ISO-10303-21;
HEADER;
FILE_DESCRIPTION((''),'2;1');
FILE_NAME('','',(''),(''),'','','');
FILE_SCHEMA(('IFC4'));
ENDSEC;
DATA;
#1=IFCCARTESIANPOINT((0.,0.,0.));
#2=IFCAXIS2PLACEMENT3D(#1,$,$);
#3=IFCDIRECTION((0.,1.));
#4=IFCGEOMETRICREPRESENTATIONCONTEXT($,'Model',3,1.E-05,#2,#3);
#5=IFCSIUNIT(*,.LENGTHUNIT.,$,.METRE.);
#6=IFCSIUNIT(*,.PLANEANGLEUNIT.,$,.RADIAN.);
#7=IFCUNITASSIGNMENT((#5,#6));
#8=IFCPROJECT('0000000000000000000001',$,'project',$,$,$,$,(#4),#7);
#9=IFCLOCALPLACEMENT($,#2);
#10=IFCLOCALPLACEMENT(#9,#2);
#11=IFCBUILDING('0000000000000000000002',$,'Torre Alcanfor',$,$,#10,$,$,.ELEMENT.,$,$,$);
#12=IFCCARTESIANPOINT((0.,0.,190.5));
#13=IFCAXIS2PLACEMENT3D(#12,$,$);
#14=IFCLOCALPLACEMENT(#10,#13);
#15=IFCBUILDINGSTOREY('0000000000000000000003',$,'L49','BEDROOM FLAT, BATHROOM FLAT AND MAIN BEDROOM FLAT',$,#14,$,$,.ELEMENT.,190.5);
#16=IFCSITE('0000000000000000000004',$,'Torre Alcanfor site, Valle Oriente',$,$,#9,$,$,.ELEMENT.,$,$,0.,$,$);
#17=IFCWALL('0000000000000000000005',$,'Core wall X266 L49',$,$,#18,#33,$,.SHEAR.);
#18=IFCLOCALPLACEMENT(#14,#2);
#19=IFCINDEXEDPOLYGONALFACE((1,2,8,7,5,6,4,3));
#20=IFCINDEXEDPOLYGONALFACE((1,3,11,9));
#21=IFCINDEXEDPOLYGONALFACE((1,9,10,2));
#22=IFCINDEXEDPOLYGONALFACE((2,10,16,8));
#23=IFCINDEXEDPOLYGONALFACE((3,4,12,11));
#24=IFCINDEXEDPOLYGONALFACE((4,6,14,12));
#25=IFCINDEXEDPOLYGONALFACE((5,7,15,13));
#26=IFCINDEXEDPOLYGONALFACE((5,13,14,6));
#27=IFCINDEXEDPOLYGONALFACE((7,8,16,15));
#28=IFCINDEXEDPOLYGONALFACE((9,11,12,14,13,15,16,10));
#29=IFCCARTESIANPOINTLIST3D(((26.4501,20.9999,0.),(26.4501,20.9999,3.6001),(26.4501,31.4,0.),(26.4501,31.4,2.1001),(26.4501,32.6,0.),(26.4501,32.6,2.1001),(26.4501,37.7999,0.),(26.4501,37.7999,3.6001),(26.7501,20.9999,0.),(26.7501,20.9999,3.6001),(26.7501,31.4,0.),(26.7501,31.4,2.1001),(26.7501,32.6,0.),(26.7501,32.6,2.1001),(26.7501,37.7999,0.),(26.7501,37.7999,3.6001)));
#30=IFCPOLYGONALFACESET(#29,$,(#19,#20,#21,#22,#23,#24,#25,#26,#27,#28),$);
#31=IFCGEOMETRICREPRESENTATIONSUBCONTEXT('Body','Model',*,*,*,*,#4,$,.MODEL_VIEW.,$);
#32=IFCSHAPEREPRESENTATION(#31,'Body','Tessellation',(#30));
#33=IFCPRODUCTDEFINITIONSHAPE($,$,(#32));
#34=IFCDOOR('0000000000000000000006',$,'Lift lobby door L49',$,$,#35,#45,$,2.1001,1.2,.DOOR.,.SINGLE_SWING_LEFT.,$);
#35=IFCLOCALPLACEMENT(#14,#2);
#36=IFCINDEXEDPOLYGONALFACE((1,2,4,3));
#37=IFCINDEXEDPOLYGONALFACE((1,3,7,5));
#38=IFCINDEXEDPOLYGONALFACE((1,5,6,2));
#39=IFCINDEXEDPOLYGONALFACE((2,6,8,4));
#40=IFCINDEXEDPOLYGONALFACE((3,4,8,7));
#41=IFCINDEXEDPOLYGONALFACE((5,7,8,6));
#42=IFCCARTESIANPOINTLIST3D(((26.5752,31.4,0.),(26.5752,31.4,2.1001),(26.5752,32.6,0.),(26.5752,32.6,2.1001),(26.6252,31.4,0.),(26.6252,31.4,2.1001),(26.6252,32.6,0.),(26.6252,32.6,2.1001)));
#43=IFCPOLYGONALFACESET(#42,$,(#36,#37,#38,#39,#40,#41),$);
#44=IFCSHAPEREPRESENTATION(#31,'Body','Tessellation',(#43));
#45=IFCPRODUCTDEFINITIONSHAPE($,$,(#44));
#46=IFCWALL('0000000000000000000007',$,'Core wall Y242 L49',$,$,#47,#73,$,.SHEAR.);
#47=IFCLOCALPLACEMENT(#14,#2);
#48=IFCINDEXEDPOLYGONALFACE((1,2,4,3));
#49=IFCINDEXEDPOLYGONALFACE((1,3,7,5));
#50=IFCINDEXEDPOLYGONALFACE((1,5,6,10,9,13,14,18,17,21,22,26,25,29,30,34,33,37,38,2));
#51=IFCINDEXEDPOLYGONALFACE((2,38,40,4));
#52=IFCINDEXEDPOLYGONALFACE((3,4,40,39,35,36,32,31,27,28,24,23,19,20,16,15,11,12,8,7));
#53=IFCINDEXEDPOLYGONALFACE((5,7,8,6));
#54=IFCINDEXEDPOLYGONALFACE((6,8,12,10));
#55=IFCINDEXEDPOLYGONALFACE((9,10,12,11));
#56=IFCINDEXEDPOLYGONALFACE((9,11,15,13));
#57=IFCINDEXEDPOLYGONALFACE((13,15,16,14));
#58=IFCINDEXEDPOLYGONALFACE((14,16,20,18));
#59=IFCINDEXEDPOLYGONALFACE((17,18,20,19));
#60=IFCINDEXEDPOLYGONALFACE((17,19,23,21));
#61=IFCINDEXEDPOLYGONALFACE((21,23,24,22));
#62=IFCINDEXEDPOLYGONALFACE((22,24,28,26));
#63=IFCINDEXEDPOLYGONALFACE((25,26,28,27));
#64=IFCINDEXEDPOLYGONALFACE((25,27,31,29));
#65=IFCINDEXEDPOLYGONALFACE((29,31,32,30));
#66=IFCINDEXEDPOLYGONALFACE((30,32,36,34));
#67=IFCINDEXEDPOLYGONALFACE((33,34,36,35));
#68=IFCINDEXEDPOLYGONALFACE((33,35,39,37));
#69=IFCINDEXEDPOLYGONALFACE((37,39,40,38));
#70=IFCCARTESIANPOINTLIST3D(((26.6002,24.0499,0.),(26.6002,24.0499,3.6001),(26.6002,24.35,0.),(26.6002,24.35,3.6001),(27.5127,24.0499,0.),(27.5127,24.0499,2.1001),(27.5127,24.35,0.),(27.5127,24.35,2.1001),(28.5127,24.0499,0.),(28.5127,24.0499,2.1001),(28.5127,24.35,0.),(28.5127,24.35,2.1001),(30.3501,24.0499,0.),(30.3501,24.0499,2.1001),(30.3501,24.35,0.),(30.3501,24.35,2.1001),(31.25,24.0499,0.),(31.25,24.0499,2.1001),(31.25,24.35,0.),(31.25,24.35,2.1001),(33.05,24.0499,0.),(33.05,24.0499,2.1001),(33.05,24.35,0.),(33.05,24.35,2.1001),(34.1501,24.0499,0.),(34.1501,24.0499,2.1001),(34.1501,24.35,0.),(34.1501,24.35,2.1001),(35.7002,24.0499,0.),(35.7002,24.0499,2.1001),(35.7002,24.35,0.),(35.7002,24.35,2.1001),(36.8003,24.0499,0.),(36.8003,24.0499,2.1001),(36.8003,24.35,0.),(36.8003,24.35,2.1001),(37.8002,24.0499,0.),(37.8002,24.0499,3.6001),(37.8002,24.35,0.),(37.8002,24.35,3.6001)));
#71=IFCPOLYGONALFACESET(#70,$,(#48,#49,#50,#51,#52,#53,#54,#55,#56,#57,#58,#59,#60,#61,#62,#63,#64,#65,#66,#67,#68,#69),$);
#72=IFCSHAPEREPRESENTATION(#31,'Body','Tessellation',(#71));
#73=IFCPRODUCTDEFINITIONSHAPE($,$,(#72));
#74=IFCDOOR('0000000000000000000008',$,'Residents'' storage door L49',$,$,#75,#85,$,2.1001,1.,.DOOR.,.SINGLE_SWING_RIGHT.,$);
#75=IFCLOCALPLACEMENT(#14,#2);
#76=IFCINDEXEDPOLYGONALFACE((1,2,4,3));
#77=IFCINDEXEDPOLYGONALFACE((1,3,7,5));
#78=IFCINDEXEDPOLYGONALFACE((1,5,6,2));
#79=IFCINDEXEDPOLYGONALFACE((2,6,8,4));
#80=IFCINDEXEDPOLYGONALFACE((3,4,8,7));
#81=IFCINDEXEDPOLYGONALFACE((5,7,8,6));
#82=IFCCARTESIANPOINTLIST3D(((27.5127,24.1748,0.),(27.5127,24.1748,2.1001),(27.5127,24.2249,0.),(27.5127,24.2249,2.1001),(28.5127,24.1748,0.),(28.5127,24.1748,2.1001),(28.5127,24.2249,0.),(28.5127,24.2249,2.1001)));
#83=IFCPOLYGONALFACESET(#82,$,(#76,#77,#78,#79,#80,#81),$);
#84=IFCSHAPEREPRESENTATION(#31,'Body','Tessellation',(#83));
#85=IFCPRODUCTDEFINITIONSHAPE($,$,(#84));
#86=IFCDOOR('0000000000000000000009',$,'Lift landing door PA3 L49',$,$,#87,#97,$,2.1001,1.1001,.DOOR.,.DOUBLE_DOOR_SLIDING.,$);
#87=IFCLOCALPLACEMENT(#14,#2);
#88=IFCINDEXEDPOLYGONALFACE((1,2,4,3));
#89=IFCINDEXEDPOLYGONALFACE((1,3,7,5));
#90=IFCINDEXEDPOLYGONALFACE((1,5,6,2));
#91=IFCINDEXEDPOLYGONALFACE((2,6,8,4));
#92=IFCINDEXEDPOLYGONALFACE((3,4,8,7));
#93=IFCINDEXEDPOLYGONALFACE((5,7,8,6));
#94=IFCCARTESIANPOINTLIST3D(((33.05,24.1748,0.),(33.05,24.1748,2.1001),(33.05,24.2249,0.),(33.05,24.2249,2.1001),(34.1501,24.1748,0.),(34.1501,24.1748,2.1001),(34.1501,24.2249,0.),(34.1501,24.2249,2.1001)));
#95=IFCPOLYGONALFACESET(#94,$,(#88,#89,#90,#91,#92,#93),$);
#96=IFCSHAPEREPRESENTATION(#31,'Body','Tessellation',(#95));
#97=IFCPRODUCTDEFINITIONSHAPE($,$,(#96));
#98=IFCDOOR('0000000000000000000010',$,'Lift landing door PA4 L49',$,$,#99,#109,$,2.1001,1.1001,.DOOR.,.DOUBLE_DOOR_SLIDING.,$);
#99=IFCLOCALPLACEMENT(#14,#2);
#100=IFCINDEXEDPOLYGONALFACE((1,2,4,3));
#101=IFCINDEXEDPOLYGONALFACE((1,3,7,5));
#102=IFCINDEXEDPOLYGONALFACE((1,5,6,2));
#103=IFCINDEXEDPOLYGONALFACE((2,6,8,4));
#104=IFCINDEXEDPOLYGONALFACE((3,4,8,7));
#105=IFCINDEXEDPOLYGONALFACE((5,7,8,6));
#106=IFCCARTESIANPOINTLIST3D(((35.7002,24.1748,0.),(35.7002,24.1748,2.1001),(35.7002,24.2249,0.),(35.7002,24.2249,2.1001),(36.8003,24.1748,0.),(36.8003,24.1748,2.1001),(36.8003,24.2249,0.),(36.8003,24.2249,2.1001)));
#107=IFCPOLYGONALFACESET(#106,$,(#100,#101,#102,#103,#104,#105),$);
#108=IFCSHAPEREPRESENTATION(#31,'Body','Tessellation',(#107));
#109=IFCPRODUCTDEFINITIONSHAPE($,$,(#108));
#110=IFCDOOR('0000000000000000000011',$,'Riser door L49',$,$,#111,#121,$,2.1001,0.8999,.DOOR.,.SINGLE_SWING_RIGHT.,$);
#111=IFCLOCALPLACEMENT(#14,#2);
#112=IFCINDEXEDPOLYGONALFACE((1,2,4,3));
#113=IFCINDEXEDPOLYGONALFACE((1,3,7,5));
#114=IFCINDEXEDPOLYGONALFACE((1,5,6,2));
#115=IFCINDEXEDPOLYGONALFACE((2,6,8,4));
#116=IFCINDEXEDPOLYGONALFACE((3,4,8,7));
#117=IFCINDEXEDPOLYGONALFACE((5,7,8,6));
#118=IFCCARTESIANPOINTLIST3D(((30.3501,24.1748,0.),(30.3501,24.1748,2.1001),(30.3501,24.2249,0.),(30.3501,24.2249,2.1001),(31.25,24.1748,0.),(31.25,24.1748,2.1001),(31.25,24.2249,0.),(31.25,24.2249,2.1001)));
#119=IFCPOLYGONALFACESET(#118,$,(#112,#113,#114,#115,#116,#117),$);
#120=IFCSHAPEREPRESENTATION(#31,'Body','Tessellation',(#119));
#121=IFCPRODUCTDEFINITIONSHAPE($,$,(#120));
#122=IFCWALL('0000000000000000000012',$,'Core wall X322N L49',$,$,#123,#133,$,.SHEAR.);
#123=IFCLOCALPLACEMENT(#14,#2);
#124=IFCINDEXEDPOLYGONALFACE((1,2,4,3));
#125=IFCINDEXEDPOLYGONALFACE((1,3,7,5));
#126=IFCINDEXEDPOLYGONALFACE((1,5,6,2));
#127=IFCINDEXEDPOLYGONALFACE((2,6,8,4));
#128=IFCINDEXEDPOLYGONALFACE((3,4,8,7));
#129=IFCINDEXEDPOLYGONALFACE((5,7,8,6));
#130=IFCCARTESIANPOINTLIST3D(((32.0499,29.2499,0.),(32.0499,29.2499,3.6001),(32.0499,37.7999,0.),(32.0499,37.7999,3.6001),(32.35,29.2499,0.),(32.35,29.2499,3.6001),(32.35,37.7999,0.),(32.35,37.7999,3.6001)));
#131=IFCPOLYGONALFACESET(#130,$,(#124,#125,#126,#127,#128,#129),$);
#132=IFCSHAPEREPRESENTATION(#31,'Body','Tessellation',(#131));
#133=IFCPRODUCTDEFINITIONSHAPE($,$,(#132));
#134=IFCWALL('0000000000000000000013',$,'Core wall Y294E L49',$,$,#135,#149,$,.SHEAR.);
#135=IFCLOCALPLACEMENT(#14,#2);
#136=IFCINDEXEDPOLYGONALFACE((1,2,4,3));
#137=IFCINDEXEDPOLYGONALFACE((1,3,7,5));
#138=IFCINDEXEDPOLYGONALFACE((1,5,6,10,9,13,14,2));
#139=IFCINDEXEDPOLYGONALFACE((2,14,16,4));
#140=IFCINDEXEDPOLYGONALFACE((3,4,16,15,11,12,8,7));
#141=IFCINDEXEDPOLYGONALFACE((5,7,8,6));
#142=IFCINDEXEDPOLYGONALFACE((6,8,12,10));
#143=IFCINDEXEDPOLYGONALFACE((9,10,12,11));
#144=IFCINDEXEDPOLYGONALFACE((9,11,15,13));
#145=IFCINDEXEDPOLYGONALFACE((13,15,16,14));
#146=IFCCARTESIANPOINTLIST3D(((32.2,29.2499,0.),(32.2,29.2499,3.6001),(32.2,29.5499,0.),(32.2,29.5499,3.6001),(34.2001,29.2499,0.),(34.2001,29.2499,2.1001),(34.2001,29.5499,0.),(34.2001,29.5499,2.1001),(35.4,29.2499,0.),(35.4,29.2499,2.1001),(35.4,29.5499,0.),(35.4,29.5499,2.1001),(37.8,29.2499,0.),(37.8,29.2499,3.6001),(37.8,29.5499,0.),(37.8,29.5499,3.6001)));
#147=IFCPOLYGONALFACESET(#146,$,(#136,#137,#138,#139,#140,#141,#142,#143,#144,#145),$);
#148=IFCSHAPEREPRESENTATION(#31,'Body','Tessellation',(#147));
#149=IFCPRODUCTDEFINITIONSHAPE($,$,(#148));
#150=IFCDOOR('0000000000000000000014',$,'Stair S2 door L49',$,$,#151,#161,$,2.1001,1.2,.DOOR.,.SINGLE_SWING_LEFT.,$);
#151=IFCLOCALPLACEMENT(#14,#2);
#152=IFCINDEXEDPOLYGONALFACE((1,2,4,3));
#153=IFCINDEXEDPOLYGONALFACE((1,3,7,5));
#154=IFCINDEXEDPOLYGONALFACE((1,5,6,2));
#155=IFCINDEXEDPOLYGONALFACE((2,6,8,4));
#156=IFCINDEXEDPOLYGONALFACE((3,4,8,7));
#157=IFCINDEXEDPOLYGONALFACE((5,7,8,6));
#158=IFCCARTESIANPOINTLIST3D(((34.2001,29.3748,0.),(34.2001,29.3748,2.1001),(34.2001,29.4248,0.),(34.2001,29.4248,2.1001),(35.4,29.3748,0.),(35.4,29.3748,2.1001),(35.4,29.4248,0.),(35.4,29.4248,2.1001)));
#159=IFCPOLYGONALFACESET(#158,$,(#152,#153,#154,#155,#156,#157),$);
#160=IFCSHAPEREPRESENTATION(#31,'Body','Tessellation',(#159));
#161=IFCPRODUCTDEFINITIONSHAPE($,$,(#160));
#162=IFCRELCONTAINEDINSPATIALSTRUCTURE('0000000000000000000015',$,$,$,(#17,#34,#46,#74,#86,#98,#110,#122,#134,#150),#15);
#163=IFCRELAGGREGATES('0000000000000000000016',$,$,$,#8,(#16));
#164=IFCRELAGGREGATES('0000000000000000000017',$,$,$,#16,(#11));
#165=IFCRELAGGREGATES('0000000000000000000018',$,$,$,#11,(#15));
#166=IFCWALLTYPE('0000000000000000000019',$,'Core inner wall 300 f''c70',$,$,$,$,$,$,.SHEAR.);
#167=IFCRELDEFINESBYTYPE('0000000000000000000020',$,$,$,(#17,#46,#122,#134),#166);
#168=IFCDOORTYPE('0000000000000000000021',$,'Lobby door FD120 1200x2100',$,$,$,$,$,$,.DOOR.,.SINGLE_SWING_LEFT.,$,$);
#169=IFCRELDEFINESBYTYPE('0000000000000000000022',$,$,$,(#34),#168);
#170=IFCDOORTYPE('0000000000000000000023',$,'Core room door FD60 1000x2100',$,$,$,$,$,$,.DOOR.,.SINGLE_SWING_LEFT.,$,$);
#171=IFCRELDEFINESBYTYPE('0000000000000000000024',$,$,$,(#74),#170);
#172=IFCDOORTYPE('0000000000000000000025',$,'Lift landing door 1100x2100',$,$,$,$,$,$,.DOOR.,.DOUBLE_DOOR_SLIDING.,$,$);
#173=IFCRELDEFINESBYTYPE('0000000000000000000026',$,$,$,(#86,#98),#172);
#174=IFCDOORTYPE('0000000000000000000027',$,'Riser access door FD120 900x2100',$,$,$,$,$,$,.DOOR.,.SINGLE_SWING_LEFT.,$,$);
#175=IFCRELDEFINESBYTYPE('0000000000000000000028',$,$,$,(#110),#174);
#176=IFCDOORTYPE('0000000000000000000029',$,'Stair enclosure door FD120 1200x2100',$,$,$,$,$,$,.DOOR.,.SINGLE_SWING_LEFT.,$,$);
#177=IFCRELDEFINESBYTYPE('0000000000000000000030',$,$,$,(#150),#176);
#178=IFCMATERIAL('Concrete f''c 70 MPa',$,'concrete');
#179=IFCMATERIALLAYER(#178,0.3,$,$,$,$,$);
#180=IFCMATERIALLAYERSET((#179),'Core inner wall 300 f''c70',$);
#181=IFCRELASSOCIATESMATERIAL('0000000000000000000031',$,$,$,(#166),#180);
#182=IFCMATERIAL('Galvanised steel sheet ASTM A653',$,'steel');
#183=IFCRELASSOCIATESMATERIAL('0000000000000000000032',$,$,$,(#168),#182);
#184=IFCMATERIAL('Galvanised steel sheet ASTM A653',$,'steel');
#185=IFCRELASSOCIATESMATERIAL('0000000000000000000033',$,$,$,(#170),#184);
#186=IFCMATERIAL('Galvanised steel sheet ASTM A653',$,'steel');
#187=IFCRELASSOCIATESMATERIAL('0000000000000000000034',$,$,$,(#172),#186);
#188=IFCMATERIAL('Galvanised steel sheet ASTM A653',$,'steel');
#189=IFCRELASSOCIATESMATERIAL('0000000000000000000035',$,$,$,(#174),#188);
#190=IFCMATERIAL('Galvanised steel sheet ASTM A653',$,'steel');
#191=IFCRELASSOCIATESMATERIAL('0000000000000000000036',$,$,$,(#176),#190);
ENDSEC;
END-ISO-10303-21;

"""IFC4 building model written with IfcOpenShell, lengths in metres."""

from ifc_helpers import new_model, si_unit, direction, frame, frame_2d, origin, place, context, subcontext, project, spatial, rectangle, extrude, material, layer, layer_set, type_object, element, fill, save


model = new_model("IFC4")

# Units and contexts
model_context = context("Model", 3, precision=1e-05, world=origin(), true_north=direction((0.0, 1.0)))
body_context = subcontext(model_context, "Body", "Model", "MODEL_VIEW")
ifc_project = project(units=[si_unit("LENGTHUNIT", "METRE"), si_unit("PLANEANGLEUNIT", "RADIAN")], contexts=[model_context])

# Site, building, storey
site_placement = place(None, origin())
site = spatial("IfcSite", under=ifc_project, at=site_placement, Name="Torre Alcanfor site, Valle Oriente", CompositionType="ELEMENT", RefElevation=0.0)
building_placement = place(site_placement, origin())
building = spatial("IfcBuilding", under=site, at=building_placement, Name="Torre Alcanfor", CompositionType="ELEMENT")
storey_placement = place(building_placement, frame((0.0, 0.0, 190.5)))
storey = spatial("IfcBuildingStorey", under=building, at=storey_placement, Name="L49", Description="BEDROOM FLAT, BATHROOM FLAT AND MAIN BEDROOM FLAT", CompositionType="ELEMENT", Elevation=190.5)

# Wall, opening, door
ifc_material_1 = material(Name="Concrete f'c 70 MPa", Category="concrete")
ifc_layer_1 = layer(ifc_material_1, 0.3)
ifc_layer_set_1 = layer_set([ifc_layer_1], Name="Core inner wall 300 f'c70")
wall_type_1 = type_object("IfcWallType", Name="Core inner wall 300 f'c70", PredefinedType="SHEAR", material=ifc_layer_set_1)
wall_1_placement = place(storey_placement, frame((26.6001, 21.0, 0.0), z_axis=(0.0, 0.0, 1.0), x_axis=(0.0, 1.0, 0.0)))
wall_1 = element("IfcWall", 1, at=wall_1_placement, inside=storey, type_object=wall_type_1, Name="Core wall X266 L49", PredefinedType="SHEAR", context=body_context, shape_type="SweptSolid", body=[
    extrude(rectangle(XDim=16.8, YDim=0.3, at=frame_2d((8.3999, 0.0))), origin(), (0.0, 0.0, 1.0), 3.6001),
])
opening_1_placement = place(wall_1_placement, frame((10.3999, 0.0, 0.0)))
opening_1 = element("IfcOpeningElement", 2, at=opening_1_placement, cuts=wall_1, PredefinedType="OPENING", context=body_context, shape_type="SweptSolid", body=[
    extrude(rectangle(XDim=1.2, YDim=2.1001, at=frame_2d((0.6001, 1.05))), frame((0.0, 0.1599, 0.0), z_axis=(0.0, -1.0, 0.0), x_axis=(1.0, 0.0, 0.0)), (0.0, 0.0, 1.0), 0.3201),
])
ifc_material_2 = material(Name="Galvanised steel sheet ASTM A653", Category="steel")
door_type_1 = type_object("IfcDoorType", Name="Lobby door FD120 1200x2100", OperationType="SINGLE_SWING_LEFT", PredefinedType="DOOR", material=ifc_material_2)
door_1_placement = place(opening_1_placement, origin())
door_1 = element("IfcDoor", 3, at=door_1_placement, inside=storey, type_object=door_type_1, Name="Lift lobby door L49", OperationType="SINGLE_SWING_LEFT", OverallHeight=2.1001, OverallWidth=1.2, PredefinedType="DOOR", context=body_context, shape_type="SweptSolid", body=[
    extrude(rectangle(XDim=1.2, YDim=2.1001, at=frame_2d((0.6001, 1.05))), frame((0.0, 0.0249, 0.0), z_axis=(0.0, -1.0, 0.0), x_axis=(1.0, 0.0, 0.0)), (0.0, 0.0, 1.0), 0.05),
])
fill(opening_1, door_1)

# Wall, openings, doors
wall_2_placement = place(storey_placement, frame((26.6001, 24.2, 0.0), z_axis=(0.0, 0.0, 1.0), x_axis=(1.0, 0.0, 0.0)))
wall_2 = element("IfcWall", 4, at=wall_2_placement, inside=storey, type_object=wall_type_1, Name="Core wall Y242 L49", PredefinedType="SHEAR", context=body_context, shape_type="SweptSolid", body=[
    extrude(rectangle(XDim=11.2, YDim=0.3, at=frame_2d((5.6001, 0.0))), origin(), (0.0, 0.0, 1.0), 3.6001),
])
opening_2_placement = place(wall_2_placement, frame((0.9126, 0.0, 0.0)))
opening_2 = element("IfcOpeningElement", 5, at=opening_2_placement, cuts=wall_2, PredefinedType="OPENING", context=body_context, shape_type="SweptSolid", body=[
    extrude(rectangle(XDim=1.0, YDim=2.1001, at=frame_2d((0.5, 1.05))), frame((0.0, 0.1599, 0.0), z_axis=(0.0, -1.0, 0.0), x_axis=(1.0, 0.0, 0.0)), (0.0, 0.0, 1.0), 0.3201),
])
opening_3_placement = place(wall_2_placement, frame((3.75, 0.0, 0.0)))
opening_3 = element("IfcOpeningElement", 6, at=opening_3_placement, cuts=wall_2, PredefinedType="OPENING", context=body_context, shape_type="SweptSolid", body=[
    extrude(rectangle(XDim=0.8999, YDim=2.1001, at=frame_2d((0.45, 1.05))), frame((0.0, 0.1599, 0.0), z_axis=(0.0, -1.0, 0.0), x_axis=(1.0, 0.0, 0.0)), (0.0, 0.0, 1.0), 0.3201),
])
opening_4_placement = place(wall_2_placement, frame((6.45, 0.0, 0.0)))
opening_4 = element("IfcOpeningElement", 7, at=opening_4_placement, cuts=wall_2, PredefinedType="OPENING", context=body_context, shape_type="SweptSolid", body=[
    extrude(rectangle(XDim=1.1001, YDim=2.1001, at=frame_2d((0.55, 1.05))), frame((0.0, 0.1599, 0.0), z_axis=(0.0, -1.0, 0.0), x_axis=(1.0, 0.0, 0.0)), (0.0, 0.0, 1.0), 0.3201),
])
opening_5_placement = place(wall_2_placement, frame((9.1001, 0.0, 0.0)))
opening_5 = element("IfcOpeningElement", 8, at=opening_5_placement, cuts=wall_2, PredefinedType="OPENING", context=body_context, shape_type="SweptSolid", body=[
    extrude(rectangle(XDim=1.1001, YDim=2.1001, at=frame_2d((0.55, 1.05))), frame((0.0, 0.1599, 0.0), z_axis=(0.0, -1.0, 0.0), x_axis=(1.0, 0.0, 0.0)), (0.0, 0.0, 1.0), 0.3201),
])
ifc_material_3 = material(Name="Galvanised steel sheet ASTM A653", Category="steel")
door_type_2 = type_object("IfcDoorType", Name="Core room door FD60 1000x2100", OperationType="SINGLE_SWING_LEFT", PredefinedType="DOOR", material=ifc_material_3)
door_2_placement = place(opening_2_placement, frame((1.0, 0.0, 0.0), z_axis=(0.0, 0.0, 1.0), x_axis=(-1.0, 0.0, 0.0)))
door_2 = element("IfcDoor", 9, at=door_2_placement, inside=storey, type_object=door_type_2, Name="Residents' storage door L49", OperationType="SINGLE_SWING_RIGHT", OverallHeight=2.1001, OverallWidth=1.0, PredefinedType="DOOR", context=body_context, shape_type="SweptSolid", body=[
    extrude(rectangle(XDim=1.0, YDim=2.1001, at=frame_2d((0.5, 1.05))), frame((0.0, 0.0251, 0.0), z_axis=(0.0, -1.0, 0.0), x_axis=(1.0, 0.0, 0.0)), (0.0, 0.0, 1.0), 0.05),
])
fill(opening_2, door_2)
ifc_material_4 = material(Name="Galvanised steel sheet ASTM A653", Category="steel")
door_type_3 = type_object("IfcDoorType", Name="Lift landing door 1100x2100", OperationType="DOUBLE_DOOR_SLIDING", PredefinedType="DOOR", material=ifc_material_4)
door_3_placement = place(opening_4_placement, origin())
door_3 = element("IfcDoor", 10, at=door_3_placement, inside=storey, type_object=door_type_3, Name="Lift landing door PA3 L49", OperationType="DOUBLE_DOOR_SLIDING", OverallHeight=2.1001, OverallWidth=1.1001, PredefinedType="DOOR", context=body_context, shape_type="SweptSolid", body=[
    extrude(rectangle(XDim=1.1001, YDim=2.1001, at=frame_2d((0.55, 1.05))), frame((0.0, 0.0249, 0.0), z_axis=(0.0, -1.0, 0.0), x_axis=(1.0, 0.0, 0.0)), (0.0, 0.0, 1.0), 0.05),
])
fill(opening_4, door_3)
door_4_placement = place(opening_5_placement, origin())
door_4 = element("IfcDoor", 11, at=door_4_placement, inside=storey, type_object=door_type_3, Name="Lift landing door PA4 L49", OperationType="DOUBLE_DOOR_SLIDING", OverallHeight=2.1001, OverallWidth=1.1001, PredefinedType="DOOR", context=body_context, shape_type="SweptSolid", body=[
    extrude(rectangle(XDim=1.1001, YDim=2.1001, at=frame_2d((0.55, 1.05))), frame((0.0, 0.0249, 0.0), z_axis=(0.0, -1.0, 0.0), x_axis=(1.0, 0.0, 0.0)), (0.0, 0.0, 1.0), 0.05),
])
fill(opening_5, door_4)
ifc_material_5 = material(Name="Galvanised steel sheet ASTM A653", Category="steel")
door_type_4 = type_object("IfcDoorType", Name="Riser access door FD120 900x2100", OperationType="SINGLE_SWING_LEFT", PredefinedType="DOOR", material=ifc_material_5)
door_5_placement = place(opening_3_placement, frame((0.8999, 0.0, 0.0), z_axis=(0.0, 0.0, 1.0), x_axis=(-1.0, 0.0, 0.0)))
door_5 = element("IfcDoor", 12, at=door_5_placement, inside=storey, type_object=door_type_4, Name="Riser door L49", OperationType="SINGLE_SWING_RIGHT", OverallHeight=2.1001, OverallWidth=0.8999, PredefinedType="DOOR", context=body_context, shape_type="SweptSolid", body=[
    extrude(rectangle(XDim=0.8999, YDim=2.1001, at=frame_2d((0.45, 1.05))), frame((0.0, 0.0251, 0.0), z_axis=(0.0, -1.0, 0.0), x_axis=(1.0, 0.0, 0.0)), (0.0, 0.0, 1.0), 0.05),
])
fill(opening_3, door_5)

# Wall
wall_3_placement = place(storey_placement, frame((32.2, 29.25, 0.0), z_axis=(0.0, 0.0, 1.0), x_axis=(0.0, 1.0, 0.0)))
element("IfcWall", 13, at=wall_3_placement, inside=storey, type_object=wall_type_1, Name="Core wall X322N L49", PredefinedType="SHEAR", context=body_context, shape_type="SweptSolid", body=[
    extrude(rectangle(XDim=8.55, YDim=0.3, at=frame_2d((4.2749, 0.0))), origin(), (0.0, 0.0, 1.0), 3.6001),
])

# Wall, opening, door
wall_4_placement = place(storey_placement, frame((32.2, 29.3999, 0.0), z_axis=(0.0, 0.0, 1.0), x_axis=(1.0, 0.0, 0.0)))
wall_4 = element("IfcWall", 14, at=wall_4_placement, inside=storey, type_object=wall_type_1, Name="Core wall Y294E L49", PredefinedType="SHEAR", context=body_context, shape_type="SweptSolid", body=[
    extrude(rectangle(XDim=5.6001, YDim=0.3, at=frame_2d((2.8, 0.0))), origin(), (0.0, 0.0, 1.0), 3.6001),
])
opening_6_placement = place(wall_4_placement, frame((2.0, 0.0, 0.0)))
opening_6 = element("IfcOpeningElement", 15, at=opening_6_placement, cuts=wall_4, PredefinedType="OPENING", context=body_context, shape_type="SweptSolid", body=[
    extrude(rectangle(XDim=1.2, YDim=2.1001, at=frame_2d((0.6001, 1.05))), frame((0.0, 0.1599, 0.0), z_axis=(0.0, -1.0, 0.0), x_axis=(1.0, 0.0, 0.0)), (0.0, 0.0, 1.0), 0.3201),
])
ifc_material_6 = material(Name="Galvanised steel sheet ASTM A653", Category="steel")
door_type_5 = type_object("IfcDoorType", Name="Stair enclosure door FD120 1200x2100", OperationType="SINGLE_SWING_LEFT", PredefinedType="DOOR", material=ifc_material_6)
door_6_placement = place(opening_6_placement, origin())
door_6 = element("IfcDoor", 16, at=door_6_placement, inside=storey, type_object=door_type_5, Name="Stair S2 door L49", OperationType="SINGLE_SWING_LEFT", OverallHeight=2.1001, OverallWidth=1.2, PredefinedType="DOOR", context=body_context, shape_type="SweptSolid", body=[
    extrude(rectangle(XDim=1.2, YDim=2.1001, at=frame_2d((0.6001, 1.05))), frame((0.0, 0.0249, 0.0), z_axis=(0.0, -1.0, 0.0), x_axis=(1.0, 0.0, 0.0)), (0.0, 0.0, 1.0), 0.05),
])
fill(opening_6, door_6)

save(model, "model.ifc")
